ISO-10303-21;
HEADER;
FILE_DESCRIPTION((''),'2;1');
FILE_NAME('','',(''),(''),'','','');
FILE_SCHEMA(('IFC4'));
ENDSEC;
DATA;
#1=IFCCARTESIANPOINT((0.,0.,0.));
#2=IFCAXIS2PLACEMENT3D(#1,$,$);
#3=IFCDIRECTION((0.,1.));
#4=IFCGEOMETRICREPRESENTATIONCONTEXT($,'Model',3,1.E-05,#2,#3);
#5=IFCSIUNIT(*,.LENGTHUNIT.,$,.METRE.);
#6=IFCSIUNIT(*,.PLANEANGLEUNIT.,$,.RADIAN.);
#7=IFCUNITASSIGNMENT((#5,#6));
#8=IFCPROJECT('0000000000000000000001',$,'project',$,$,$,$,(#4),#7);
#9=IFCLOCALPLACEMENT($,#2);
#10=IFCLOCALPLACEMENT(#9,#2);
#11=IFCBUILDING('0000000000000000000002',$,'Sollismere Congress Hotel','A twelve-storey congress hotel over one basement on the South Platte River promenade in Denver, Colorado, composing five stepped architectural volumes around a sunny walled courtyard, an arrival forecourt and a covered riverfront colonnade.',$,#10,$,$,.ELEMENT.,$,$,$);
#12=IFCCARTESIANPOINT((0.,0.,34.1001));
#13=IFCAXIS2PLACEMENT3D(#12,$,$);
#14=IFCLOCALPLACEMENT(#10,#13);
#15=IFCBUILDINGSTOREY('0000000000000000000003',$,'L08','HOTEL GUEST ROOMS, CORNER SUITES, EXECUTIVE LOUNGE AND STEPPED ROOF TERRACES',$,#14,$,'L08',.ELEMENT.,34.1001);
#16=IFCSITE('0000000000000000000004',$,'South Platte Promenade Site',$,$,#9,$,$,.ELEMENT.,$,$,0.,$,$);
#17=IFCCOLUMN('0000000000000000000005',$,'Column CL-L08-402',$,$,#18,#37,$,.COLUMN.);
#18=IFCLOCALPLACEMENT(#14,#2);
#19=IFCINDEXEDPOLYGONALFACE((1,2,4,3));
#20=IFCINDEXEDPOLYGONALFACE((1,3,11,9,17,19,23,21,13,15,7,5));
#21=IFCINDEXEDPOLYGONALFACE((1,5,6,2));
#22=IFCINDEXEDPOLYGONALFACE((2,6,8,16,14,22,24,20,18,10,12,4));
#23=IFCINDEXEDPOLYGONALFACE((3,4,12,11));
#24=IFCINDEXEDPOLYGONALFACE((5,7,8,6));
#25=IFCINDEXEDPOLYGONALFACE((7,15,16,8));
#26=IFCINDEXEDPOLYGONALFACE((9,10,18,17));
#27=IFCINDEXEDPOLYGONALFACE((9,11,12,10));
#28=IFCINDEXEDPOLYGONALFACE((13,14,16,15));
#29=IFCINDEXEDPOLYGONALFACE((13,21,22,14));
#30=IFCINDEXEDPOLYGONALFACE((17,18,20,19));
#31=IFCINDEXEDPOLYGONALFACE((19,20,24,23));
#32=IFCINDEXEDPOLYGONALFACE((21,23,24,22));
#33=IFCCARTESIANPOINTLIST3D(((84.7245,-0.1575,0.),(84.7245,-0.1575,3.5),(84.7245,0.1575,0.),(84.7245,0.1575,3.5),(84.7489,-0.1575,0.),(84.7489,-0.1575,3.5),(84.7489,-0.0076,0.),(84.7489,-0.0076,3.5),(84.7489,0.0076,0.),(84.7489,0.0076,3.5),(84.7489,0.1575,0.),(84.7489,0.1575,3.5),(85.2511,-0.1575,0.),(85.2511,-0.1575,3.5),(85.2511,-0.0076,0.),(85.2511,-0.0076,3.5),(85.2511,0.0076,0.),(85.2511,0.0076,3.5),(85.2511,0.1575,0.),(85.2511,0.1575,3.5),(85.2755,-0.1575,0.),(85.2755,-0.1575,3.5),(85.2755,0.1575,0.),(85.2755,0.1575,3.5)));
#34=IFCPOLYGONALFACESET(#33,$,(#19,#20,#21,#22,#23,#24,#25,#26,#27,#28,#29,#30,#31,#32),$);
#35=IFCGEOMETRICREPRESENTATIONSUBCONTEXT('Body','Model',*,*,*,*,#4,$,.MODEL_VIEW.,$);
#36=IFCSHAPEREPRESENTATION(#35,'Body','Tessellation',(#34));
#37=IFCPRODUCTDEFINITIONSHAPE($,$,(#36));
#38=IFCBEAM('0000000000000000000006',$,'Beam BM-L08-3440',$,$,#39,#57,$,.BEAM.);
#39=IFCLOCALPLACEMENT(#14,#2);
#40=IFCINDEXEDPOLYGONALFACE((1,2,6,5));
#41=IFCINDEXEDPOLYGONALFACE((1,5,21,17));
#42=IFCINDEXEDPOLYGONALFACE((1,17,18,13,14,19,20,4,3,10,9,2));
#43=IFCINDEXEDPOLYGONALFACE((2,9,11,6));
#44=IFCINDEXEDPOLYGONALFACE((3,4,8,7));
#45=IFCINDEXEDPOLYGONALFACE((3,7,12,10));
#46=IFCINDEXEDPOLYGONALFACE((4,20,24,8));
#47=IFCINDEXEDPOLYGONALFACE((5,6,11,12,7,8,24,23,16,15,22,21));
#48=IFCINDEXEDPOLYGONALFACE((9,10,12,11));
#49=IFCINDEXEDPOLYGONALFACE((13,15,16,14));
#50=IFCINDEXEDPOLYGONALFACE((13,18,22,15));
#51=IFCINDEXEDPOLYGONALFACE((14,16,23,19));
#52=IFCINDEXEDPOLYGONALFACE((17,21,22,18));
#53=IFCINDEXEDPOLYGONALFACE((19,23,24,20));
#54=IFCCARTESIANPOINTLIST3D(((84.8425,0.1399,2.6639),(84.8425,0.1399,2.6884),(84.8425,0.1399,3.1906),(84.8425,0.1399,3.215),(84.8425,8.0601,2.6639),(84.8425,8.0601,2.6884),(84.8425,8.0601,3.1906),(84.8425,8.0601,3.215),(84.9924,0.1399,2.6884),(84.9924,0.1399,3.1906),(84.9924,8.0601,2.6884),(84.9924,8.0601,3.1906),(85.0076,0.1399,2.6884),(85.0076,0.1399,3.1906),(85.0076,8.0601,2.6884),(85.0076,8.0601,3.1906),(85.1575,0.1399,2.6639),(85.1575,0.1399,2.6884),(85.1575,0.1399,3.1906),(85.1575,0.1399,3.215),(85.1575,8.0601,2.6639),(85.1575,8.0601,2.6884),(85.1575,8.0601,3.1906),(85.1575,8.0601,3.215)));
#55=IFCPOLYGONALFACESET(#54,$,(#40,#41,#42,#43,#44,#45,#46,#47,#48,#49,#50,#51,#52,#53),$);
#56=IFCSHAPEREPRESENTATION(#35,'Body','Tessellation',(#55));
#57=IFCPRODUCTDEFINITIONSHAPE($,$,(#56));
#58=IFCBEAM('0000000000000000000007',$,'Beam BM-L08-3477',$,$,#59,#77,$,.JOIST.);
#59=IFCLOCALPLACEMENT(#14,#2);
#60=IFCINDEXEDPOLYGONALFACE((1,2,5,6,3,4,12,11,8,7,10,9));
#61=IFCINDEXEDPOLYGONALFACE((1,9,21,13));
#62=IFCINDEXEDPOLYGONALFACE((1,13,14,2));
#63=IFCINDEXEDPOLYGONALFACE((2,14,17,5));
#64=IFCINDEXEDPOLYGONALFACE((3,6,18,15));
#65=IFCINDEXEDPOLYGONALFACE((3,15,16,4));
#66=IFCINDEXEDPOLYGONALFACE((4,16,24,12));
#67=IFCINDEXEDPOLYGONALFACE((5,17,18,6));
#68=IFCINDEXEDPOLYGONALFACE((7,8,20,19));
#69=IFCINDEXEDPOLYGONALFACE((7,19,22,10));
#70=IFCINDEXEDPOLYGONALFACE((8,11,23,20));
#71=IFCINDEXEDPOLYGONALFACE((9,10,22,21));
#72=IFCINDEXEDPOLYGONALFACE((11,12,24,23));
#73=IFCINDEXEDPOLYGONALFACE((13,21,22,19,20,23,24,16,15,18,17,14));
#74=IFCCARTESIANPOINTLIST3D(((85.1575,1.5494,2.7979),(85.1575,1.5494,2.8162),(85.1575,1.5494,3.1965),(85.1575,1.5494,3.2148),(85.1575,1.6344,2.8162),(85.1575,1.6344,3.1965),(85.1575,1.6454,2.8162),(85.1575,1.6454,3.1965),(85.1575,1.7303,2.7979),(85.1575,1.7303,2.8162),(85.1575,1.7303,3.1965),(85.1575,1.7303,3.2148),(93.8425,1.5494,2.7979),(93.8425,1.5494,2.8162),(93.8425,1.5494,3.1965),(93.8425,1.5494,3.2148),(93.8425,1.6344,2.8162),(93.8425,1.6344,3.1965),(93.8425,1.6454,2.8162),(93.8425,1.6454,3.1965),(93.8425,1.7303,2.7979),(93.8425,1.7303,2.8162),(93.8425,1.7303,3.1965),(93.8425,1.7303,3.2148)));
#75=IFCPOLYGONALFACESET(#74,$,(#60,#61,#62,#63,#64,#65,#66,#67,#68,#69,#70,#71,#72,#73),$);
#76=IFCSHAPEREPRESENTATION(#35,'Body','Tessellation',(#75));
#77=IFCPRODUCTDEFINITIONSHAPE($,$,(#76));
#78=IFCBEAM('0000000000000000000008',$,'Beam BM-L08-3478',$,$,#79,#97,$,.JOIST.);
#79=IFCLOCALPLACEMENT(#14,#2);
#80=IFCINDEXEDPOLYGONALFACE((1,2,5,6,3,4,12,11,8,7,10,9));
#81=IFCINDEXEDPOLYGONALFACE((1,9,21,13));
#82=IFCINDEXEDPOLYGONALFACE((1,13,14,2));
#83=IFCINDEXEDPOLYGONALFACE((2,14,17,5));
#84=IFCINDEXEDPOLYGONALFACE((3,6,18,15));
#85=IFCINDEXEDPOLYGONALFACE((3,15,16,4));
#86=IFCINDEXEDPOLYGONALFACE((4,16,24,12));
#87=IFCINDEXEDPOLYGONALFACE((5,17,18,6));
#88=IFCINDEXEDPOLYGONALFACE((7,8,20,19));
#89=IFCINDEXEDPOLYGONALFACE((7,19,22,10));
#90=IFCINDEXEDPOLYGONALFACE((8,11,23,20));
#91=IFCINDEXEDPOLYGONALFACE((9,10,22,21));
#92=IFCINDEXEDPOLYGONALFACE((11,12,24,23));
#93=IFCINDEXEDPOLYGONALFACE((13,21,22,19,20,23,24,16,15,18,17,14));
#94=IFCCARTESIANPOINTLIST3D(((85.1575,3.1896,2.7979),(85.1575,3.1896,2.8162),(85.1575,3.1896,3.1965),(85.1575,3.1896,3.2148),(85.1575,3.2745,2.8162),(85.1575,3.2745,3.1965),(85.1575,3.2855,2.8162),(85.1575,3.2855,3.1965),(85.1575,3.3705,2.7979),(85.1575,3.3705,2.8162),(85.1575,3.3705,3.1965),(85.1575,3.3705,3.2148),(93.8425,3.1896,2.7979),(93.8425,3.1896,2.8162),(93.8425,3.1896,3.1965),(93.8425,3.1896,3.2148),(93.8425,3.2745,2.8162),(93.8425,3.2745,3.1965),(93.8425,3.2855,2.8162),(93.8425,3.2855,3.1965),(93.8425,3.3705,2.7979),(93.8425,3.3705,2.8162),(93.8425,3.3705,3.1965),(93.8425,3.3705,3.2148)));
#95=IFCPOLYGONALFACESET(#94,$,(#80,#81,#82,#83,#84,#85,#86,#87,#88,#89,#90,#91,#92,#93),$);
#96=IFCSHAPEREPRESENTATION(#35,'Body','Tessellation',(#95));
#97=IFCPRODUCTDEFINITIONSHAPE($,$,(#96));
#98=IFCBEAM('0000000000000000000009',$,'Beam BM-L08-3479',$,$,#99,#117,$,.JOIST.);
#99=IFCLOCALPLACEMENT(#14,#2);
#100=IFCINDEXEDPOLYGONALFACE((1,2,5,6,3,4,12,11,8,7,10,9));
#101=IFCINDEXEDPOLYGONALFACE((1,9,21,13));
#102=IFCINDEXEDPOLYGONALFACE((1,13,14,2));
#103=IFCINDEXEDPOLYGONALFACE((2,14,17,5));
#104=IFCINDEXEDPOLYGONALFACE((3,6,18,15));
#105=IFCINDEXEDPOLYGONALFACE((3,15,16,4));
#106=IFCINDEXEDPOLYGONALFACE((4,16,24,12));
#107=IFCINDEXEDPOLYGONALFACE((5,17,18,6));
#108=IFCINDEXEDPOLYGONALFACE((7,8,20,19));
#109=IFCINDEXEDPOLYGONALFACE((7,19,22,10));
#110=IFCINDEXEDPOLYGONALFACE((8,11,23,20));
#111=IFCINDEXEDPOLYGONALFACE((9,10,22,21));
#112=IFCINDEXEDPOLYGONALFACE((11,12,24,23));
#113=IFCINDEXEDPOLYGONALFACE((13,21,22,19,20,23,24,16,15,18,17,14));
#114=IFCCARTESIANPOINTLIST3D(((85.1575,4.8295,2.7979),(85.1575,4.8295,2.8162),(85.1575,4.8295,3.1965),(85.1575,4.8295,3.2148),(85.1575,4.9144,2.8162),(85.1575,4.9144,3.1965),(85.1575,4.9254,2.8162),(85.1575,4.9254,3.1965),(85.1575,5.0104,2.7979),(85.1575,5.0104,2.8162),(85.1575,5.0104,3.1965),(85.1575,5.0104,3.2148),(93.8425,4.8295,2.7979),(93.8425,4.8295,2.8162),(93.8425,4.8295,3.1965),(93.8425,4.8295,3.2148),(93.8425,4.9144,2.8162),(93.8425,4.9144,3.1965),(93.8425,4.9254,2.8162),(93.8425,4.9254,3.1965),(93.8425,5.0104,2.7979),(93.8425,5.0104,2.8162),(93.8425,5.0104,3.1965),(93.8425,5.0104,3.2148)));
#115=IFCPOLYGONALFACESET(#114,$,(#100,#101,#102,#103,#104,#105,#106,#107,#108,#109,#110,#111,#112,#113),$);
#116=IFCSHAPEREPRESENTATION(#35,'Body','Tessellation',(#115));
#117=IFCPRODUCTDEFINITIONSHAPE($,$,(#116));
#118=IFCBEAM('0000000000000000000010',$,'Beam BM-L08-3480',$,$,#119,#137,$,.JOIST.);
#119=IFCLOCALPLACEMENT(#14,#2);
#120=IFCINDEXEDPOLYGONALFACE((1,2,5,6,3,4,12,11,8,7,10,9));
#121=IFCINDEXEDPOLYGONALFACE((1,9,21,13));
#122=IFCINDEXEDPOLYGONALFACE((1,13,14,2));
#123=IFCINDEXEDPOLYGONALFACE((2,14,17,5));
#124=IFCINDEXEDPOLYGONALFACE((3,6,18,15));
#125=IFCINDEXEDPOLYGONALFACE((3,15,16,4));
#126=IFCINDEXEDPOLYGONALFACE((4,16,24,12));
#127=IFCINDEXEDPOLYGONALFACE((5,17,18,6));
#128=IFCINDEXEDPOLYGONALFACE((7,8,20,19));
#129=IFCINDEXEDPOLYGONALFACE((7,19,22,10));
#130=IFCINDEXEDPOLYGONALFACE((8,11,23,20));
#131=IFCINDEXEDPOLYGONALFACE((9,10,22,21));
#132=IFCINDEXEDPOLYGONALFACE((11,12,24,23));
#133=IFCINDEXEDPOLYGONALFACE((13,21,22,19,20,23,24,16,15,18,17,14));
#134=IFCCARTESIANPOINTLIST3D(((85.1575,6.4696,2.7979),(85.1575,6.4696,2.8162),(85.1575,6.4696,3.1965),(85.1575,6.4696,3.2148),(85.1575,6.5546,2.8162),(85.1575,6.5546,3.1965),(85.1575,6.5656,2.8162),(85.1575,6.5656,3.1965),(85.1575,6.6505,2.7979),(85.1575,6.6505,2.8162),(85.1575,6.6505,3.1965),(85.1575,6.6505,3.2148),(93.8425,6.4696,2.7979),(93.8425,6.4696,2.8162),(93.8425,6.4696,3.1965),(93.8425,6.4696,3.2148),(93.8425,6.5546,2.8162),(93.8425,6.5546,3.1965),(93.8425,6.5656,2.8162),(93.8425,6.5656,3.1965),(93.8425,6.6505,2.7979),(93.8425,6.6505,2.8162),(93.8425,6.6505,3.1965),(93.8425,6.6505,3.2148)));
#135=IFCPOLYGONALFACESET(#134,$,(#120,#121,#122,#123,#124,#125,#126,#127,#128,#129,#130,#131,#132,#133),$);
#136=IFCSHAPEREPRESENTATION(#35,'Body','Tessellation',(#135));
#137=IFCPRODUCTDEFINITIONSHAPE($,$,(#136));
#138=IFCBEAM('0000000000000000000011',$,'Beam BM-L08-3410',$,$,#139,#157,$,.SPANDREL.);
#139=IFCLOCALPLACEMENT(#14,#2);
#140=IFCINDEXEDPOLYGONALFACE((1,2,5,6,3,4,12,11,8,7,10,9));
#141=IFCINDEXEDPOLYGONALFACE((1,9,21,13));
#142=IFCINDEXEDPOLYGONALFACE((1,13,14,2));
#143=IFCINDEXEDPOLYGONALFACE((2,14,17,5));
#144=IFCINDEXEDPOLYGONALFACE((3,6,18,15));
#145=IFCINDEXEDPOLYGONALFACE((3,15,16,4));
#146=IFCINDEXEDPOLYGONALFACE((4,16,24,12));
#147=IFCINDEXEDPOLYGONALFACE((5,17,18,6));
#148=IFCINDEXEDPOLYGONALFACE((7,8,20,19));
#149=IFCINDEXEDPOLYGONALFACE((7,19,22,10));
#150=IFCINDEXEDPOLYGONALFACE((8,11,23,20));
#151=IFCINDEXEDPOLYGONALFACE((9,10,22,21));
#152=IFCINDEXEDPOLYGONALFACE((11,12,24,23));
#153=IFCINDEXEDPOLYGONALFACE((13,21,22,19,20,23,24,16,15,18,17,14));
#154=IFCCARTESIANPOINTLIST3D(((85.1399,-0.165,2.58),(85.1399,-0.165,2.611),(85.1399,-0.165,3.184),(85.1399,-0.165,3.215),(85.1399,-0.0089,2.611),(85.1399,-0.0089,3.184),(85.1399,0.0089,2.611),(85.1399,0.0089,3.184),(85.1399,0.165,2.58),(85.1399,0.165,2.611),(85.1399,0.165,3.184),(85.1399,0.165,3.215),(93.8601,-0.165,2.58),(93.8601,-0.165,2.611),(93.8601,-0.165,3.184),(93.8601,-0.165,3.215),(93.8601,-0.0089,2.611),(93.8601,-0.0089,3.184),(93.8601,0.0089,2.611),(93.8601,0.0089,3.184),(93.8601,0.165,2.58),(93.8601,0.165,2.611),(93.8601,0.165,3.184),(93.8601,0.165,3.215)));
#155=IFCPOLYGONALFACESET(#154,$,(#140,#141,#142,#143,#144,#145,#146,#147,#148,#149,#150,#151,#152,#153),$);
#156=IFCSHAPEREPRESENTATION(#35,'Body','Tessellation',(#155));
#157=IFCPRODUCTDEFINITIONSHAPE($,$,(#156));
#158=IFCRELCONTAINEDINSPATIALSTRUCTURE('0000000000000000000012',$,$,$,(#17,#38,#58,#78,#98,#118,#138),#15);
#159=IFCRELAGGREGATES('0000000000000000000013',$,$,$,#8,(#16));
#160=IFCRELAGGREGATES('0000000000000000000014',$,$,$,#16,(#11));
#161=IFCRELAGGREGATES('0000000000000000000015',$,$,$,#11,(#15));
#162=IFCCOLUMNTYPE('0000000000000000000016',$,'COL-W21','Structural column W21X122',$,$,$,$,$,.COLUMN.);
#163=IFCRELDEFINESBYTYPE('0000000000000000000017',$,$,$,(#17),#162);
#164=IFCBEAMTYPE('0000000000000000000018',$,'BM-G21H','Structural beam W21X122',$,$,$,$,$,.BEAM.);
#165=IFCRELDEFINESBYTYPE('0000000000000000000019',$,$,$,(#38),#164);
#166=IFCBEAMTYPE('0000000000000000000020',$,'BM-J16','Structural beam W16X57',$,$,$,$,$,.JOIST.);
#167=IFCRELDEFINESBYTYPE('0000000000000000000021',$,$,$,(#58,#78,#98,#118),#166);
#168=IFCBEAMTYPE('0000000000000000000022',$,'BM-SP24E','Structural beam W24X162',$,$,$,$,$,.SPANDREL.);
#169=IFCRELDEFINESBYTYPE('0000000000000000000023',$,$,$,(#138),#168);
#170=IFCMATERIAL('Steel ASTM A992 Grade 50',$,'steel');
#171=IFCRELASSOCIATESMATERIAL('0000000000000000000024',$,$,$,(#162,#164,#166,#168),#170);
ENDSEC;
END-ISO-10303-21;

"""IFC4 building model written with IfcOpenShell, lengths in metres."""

from ifc_helpers import new_model, si_unit, direction, frame, origin, origin_2d, place, context, subcontext, project, spatial, i_section, extrude, material, material_profile, profile_set, type_object, element, save


model = new_model("IFC4")

# Units and contexts
model_context = context("Model", 3, precision=1e-05, world=origin(), true_north=direction((0.0, 1.0)))
body_context = subcontext(model_context, "Body", "Model", "MODEL_VIEW")
ifc_project = project(units=[si_unit("LENGTHUNIT", "METRE"), si_unit("PLANEANGLEUNIT", "RADIAN")], contexts=[model_context])

# Site, building, storey
site_placement = place(None, origin())
site = spatial("IfcSite", under=ifc_project, at=site_placement, Name="South Platte Promenade Site", CompositionType="ELEMENT", RefElevation=0.0)
building_placement = place(site_placement, origin())
building = spatial("IfcBuilding", under=site, at=building_placement, Name="Sollismere Congress Hotel", Description="A twelve-storey congress hotel over one basement on the South Platte River promenade in Denver, Colorado, composing five stepped architectural volumes around a sunny walled courtyard, an arrival forecourt and a covered riverfront colonnade.", CompositionType="ELEMENT")
storey_placement = place(building_placement, frame((0.0, 0.0, 34.1001)))
storey = spatial("IfcBuildingStorey", under=building, at=storey_placement, Name="L08", Description="HOTEL GUEST ROOMS, CORNER SUITES, EXECUTIVE LOUNGE AND STEPPED ROOF TERRACES", LongName="L08", CompositionType="ELEMENT", Elevation=34.1001)

# Column
ifc_material_1 = material(Name="Steel ASTM A992 Grade 50", Category="steel")
ifc_material_profile_1 = material_profile(ifc_material_1, i_section(OverallWidth=0.3149, OverallDepth=0.551, WebThickness=0.0151, FlangeThickness=0.0244, at=origin_2d()), Name="W21X122")
ifc_profile_set_1 = profile_set([ifc_material_profile_1], Name="Steel ASTM A992 Grade 50")
column_type = type_object("IfcColumnType", Name="COL-W21", Description="Structural column W21X122", PredefinedType="COLUMN", material=ifc_profile_set_1)
column_placement = place(storey_placement, frame((85.0, 0.0, 0.0), z_axis=(0.0, 0.0, 1.0), x_axis=(0.0, 1.0, 0.0)))
element("IfcColumn", 1, at=column_placement, inside=storey, type_object=column_type, Name="Column CL-L08-402", PredefinedType="COLUMN", context=body_context, shape_type="SweptSolid", body=[
    extrude(i_section(OverallWidth=0.3149, OverallDepth=0.551, WebThickness=0.0151, FlangeThickness=0.0244, at=origin_2d()), origin(), (0.0, 0.0, 1.0), 3.5),
])

# Beams
ifc_material_profile_2 = material_profile(ifc_material_1, i_section(OverallWidth=0.3149, OverallDepth=0.551, WebThickness=0.0151, FlangeThickness=0.0244, at=origin_2d()), Name="W21X122")
ifc_profile_set_2 = profile_set([ifc_material_profile_2], Name="Steel ASTM A992 Grade 50")
beam_type_1 = type_object("IfcBeamType", Name="BM-G21H", Description="Structural beam W21X122", PredefinedType="BEAM", material=ifc_profile_set_2)
beam_1_placement = place(storey_placement, frame((85.0, 0.1399, 2.9395), z_axis=(0.0, 1.0, 0.0), x_axis=(-1.0, 0.0, 0.0)))
element("IfcBeam", 2, at=beam_1_placement, inside=storey, type_object=beam_type_1, Name="Beam BM-L08-3440", PredefinedType="BEAM", context=body_context, shape_type="SweptSolid", body=[
    extrude(i_section(OverallWidth=0.3149, OverallDepth=0.551, WebThickness=0.0151, FlangeThickness=0.0244, at=origin_2d()), origin(), (0.0, 0.0, 1.0), 7.9202),
])
ifc_material_profile_3 = material_profile(ifc_material_1, i_section(OverallWidth=0.1809, OverallDepth=0.417, WebThickness=0.011, FlangeThickness=0.0183, at=origin_2d()), Name="W16X57")
ifc_profile_set_3 = profile_set([ifc_material_profile_3], Name="Steel ASTM A992 Grade 50")
beam_type_2 = type_object("IfcBeamType", Name="BM-J16", Description="Structural beam W16X57", PredefinedType="JOIST", material=ifc_profile_set_3)
for number, where, z_axis, x_axis, name in (
    (3, (85.1575, 1.6399, 3.0063), (1.0, 0.0, 0.0), (0.0, 1.0, 0.0), "Beam BM-L08-3477"),
    (4, (85.1575, 3.28, 3.0063), (1.0, 0.0, 0.0), (0.0, 1.0, 0.0), "Beam BM-L08-3478"),
    (5, (85.1575, 4.9199, 3.0063), (1.0, 0.0, 0.0), (0.0, 1.0, 0.0), "Beam BM-L08-3479"),
    (6, (85.1575, 6.5601, 3.0063), (1.0, 0.0, 0.0), (0.0, 1.0, 0.0), "Beam BM-L08-3480"),
):
    element("IfcBeam", number, at=place(storey_placement, frame(where, z_axis=z_axis, x_axis=x_axis)), inside=storey, type_object=beam_type_2, Name=name, PredefinedType="JOIST", context=body_context, shape_type="SweptSolid", body=[
        extrude(i_section(OverallWidth=0.1809, OverallDepth=0.417, WebThickness=0.011, FlangeThickness=0.0183, at=origin_2d()), origin(), (0.0, 0.0, 1.0), 8.6851),
    ])
ifc_material_profile_4 = material_profile(ifc_material_1, i_section(OverallWidth=0.3301, OverallDepth=0.635, WebThickness=0.0178, FlangeThickness=0.031, at=origin_2d()), Name="W24X162")
ifc_profile_set_4 = profile_set([ifc_material_profile_4], Name="Steel ASTM A992 Grade 50")
beam_type_3 = type_object("IfcBeamType", Name="BM-SP24E", Description="Structural beam W24X162", PredefinedType="SPANDREL", material=ifc_profile_set_4)
beam_2_placement = place(storey_placement, frame((85.1399, 0.0, 2.8975), z_axis=(1.0, 0.0, 0.0), x_axis=(0.0, 1.0, 0.0)))
element("IfcBeam", 7, at=beam_2_placement, inside=storey, type_object=beam_type_3, Name="Beam BM-L08-3410", PredefinedType="SPANDREL", context=body_context, shape_type="SweptSolid", body=[
    extrude(i_section(OverallWidth=0.3301, OverallDepth=0.635, WebThickness=0.0178, FlangeThickness=0.031, at=origin_2d()), origin(), (0.0, 0.0, 1.0), 8.7202),
])

save(model, "model.ifc")
